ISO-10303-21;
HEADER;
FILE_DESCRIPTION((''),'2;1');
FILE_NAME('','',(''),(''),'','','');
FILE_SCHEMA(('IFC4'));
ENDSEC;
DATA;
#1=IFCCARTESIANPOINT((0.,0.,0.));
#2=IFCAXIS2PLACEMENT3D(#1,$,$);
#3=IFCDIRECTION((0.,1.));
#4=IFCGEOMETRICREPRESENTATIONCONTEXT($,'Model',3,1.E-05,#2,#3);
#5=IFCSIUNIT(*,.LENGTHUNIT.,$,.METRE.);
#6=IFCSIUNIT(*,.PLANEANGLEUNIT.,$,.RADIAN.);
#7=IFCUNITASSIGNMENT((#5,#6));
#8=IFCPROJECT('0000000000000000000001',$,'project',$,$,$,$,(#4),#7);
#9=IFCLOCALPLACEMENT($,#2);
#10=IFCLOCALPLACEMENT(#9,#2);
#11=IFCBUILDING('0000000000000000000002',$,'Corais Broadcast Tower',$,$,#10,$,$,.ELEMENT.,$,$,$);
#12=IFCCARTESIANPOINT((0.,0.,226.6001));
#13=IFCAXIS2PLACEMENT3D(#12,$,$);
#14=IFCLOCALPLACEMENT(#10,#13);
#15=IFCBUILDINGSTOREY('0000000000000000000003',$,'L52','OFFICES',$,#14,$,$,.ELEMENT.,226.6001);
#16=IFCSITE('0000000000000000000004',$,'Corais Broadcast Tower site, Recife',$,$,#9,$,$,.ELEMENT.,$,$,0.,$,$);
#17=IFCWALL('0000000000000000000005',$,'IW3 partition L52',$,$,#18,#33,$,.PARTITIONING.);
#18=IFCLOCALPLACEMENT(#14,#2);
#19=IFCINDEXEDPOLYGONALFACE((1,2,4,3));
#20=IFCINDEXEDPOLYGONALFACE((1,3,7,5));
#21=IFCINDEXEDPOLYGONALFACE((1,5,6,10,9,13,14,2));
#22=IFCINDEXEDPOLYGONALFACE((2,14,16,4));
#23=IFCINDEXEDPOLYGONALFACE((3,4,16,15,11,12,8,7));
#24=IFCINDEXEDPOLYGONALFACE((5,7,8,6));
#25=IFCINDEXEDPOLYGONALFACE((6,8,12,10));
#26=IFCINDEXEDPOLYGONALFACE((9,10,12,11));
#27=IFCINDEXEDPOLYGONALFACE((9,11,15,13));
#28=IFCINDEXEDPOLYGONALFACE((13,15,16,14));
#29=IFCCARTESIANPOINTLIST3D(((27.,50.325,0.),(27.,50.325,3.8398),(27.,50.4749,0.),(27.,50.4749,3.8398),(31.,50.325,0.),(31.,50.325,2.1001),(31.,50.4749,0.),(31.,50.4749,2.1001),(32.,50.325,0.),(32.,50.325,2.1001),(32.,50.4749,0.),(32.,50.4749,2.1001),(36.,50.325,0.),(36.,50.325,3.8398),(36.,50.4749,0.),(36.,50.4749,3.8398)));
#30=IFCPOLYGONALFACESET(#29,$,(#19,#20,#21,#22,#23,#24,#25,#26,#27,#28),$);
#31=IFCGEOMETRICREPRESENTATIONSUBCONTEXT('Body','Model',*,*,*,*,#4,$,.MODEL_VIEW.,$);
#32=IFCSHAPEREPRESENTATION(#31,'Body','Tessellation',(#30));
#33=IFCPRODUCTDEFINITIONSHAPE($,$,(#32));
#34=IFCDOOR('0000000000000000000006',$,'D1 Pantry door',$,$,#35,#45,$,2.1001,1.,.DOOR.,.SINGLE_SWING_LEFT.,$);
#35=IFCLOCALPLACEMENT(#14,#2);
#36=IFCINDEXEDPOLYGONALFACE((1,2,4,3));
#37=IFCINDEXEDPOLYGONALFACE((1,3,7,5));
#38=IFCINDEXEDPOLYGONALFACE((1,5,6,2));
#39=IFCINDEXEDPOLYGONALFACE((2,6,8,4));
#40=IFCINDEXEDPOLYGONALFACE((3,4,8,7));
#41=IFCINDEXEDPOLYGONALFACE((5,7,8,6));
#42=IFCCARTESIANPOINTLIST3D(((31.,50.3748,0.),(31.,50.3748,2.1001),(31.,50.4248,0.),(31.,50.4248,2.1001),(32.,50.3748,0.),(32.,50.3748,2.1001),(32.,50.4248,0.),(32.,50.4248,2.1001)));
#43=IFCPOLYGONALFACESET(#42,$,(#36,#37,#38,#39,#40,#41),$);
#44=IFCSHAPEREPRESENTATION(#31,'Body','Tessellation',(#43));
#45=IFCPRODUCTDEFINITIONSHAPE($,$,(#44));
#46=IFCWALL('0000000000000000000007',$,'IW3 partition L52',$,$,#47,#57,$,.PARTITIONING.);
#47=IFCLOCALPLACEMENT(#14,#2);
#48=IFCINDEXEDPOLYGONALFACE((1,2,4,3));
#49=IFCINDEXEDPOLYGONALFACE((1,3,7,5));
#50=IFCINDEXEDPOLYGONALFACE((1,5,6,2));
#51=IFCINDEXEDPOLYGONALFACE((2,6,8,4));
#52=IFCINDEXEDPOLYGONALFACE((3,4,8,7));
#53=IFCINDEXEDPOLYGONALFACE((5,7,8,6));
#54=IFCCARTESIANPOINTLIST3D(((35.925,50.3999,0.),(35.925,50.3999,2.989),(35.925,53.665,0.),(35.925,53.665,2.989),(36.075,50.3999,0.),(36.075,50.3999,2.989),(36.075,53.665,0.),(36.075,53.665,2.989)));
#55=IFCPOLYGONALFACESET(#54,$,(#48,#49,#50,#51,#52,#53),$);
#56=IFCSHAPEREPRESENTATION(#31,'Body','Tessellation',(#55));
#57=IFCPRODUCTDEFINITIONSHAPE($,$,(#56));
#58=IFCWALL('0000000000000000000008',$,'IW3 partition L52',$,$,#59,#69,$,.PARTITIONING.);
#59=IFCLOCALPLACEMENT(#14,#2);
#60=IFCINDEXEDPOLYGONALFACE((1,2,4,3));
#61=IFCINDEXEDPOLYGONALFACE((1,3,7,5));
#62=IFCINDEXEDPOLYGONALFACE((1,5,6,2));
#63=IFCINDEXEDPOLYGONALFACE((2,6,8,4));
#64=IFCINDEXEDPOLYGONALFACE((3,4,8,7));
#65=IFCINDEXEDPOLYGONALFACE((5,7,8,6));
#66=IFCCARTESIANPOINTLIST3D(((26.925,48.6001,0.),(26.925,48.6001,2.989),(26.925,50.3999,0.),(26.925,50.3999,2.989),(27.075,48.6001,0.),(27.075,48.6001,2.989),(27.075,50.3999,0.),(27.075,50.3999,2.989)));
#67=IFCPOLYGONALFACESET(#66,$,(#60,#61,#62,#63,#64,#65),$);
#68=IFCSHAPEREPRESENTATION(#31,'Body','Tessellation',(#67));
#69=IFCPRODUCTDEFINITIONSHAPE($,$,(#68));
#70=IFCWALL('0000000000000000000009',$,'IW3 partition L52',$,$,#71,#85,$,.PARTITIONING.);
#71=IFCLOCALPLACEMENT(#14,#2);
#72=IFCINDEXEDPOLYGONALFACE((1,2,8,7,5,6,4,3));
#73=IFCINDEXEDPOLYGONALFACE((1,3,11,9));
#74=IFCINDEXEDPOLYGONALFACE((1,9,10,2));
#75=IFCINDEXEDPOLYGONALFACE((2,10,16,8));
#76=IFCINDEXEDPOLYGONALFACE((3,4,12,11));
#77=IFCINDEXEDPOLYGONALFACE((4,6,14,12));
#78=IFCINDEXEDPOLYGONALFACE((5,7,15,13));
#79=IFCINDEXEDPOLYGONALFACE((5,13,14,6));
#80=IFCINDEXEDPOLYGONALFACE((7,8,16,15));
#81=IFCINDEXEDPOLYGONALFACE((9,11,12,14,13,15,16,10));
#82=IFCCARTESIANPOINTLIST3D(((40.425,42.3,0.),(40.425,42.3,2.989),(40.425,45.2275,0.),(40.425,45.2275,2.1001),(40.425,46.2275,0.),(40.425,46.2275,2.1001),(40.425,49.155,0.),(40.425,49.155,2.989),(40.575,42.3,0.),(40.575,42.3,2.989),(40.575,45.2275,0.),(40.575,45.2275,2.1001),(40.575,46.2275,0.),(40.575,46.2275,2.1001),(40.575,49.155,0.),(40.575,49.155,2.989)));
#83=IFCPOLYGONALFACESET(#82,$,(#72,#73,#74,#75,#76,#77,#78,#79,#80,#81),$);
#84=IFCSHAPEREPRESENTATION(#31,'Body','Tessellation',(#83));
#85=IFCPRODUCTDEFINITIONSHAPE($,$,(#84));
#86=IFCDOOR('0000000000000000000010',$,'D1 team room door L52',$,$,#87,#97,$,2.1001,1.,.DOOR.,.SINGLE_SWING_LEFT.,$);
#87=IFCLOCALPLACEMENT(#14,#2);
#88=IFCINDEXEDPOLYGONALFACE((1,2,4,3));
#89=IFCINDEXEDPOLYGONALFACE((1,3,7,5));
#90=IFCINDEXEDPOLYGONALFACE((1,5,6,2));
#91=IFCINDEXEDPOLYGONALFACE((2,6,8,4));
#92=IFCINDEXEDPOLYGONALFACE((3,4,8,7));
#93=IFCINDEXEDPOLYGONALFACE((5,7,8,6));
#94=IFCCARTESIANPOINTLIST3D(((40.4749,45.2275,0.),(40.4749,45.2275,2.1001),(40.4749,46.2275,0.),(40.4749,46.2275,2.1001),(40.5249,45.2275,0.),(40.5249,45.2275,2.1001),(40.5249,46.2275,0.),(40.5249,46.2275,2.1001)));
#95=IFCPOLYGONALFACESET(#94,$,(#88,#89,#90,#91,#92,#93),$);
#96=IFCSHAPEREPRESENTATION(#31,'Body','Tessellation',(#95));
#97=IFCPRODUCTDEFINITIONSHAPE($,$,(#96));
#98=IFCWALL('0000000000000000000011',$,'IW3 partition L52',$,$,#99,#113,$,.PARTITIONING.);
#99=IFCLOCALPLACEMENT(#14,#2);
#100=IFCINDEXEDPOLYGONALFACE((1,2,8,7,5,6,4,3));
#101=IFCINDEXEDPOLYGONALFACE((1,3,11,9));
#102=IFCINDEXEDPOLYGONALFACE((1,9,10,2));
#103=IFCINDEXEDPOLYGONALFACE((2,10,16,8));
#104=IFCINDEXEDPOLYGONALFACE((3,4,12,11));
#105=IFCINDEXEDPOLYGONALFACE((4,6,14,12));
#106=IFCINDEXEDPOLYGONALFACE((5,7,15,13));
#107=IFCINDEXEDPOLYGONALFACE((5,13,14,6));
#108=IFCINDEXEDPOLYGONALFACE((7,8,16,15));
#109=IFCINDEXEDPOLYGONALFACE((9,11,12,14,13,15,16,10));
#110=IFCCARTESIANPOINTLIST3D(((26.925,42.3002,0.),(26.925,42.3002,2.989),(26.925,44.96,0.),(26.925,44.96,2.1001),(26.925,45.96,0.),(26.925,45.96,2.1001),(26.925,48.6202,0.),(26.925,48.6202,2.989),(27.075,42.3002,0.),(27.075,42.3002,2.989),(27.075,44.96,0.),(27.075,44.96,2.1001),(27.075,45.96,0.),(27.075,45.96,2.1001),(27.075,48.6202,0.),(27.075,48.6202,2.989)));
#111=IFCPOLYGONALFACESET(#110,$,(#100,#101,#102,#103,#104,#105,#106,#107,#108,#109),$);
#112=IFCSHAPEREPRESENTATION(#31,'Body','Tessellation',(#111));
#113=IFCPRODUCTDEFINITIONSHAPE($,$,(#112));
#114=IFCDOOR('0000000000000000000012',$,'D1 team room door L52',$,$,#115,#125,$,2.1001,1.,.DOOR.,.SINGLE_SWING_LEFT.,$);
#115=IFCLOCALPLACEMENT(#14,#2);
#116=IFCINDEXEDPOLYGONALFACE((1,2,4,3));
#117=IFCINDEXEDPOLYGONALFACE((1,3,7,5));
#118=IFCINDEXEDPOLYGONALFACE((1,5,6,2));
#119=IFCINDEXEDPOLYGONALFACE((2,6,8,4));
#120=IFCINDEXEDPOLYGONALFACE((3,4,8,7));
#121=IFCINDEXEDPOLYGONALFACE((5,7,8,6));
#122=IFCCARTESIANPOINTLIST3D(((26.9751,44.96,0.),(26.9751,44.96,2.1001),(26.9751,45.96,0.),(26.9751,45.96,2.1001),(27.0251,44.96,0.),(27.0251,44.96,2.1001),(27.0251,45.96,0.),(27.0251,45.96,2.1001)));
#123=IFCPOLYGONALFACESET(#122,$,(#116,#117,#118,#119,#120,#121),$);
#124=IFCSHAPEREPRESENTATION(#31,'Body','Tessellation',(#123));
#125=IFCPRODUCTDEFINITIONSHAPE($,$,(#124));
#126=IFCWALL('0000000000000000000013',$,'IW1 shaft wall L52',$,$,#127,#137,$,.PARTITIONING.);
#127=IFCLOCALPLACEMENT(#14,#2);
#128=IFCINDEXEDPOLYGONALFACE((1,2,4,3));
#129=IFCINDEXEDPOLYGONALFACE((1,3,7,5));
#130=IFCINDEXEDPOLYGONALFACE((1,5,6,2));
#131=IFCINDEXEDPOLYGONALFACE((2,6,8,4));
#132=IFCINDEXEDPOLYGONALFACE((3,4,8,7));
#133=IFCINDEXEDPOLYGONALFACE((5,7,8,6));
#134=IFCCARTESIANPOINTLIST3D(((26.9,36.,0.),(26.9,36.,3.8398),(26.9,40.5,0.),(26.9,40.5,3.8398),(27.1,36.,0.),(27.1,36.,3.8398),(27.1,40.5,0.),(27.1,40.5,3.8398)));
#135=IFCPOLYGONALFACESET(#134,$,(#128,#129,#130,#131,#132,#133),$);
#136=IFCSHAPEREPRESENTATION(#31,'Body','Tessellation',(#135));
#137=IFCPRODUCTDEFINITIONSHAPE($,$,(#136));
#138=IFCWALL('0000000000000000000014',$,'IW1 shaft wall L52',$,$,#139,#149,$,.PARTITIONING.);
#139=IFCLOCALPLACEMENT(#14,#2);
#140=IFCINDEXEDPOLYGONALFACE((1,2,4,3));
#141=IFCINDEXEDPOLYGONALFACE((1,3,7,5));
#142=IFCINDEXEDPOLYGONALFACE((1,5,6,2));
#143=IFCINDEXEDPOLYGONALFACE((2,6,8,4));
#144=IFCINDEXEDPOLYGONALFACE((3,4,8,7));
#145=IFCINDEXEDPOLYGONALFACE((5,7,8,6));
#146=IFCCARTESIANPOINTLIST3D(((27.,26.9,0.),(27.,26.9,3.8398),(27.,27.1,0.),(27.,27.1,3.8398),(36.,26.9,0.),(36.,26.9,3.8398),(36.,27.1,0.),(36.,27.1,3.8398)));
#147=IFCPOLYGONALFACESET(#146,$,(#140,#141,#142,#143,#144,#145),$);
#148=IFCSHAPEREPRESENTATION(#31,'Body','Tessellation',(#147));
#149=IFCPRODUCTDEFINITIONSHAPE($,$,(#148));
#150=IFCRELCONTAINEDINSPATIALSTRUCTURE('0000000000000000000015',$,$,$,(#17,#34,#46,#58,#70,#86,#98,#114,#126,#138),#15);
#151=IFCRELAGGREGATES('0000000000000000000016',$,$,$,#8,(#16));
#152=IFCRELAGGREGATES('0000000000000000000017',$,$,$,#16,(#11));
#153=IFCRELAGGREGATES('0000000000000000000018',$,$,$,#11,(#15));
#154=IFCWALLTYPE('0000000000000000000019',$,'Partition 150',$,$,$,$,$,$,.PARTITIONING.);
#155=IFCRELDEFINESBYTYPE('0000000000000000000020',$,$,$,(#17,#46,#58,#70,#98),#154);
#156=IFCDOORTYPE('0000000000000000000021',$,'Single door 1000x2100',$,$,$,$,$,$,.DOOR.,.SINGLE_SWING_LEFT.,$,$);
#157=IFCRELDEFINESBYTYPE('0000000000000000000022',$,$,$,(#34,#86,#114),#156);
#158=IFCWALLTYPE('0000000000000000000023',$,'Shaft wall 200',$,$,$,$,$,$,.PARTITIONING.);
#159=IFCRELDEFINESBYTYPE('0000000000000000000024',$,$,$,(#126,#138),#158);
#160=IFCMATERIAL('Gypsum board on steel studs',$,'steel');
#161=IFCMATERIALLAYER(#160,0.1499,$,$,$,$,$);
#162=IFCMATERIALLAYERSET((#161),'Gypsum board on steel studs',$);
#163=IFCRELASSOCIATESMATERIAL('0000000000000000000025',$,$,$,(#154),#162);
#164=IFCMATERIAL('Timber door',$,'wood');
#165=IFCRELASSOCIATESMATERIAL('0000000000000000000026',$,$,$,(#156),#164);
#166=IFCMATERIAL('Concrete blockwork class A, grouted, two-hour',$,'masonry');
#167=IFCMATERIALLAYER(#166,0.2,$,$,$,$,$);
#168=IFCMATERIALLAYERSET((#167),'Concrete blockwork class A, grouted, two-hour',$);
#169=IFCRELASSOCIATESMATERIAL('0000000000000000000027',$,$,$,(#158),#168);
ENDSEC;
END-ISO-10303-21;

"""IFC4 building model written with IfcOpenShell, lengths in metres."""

from ifc_helpers import new_model, si_unit, direction, frame, frame_2d, origin, place, context, subcontext, project, spatial, rectangle, extrude, material, layer, layer_set, type_object, element, fill, save


model = new_model("IFC4")

# Units and contexts
model_context = context("Model", 3, precision=1e-05, world=origin(), true_north=direction((0.0, 1.0)))
body_context = subcontext(model_context, "Body", "Model", "MODEL_VIEW")
ifc_project = project(units=[si_unit("LENGTHUNIT", "METRE"), si_unit("PLANEANGLEUNIT", "RADIAN")], contexts=[model_context])

# Site, building, storey
site_placement = place(None, origin())
site = spatial("IfcSite", under=ifc_project, at=site_placement, Name="Corais Broadcast Tower site, Recife", CompositionType="ELEMENT", RefElevation=0.0)
building_placement = place(site_placement, origin())
building = spatial("IfcBuilding", under=site, at=building_placement, Name="Corais Broadcast Tower", CompositionType="ELEMENT")
storey_placement = place(building_placement, frame((0.0, 0.0, 226.6001)))
storey = spatial("IfcBuildingStorey", under=building, at=storey_placement, Name="L52", Description="OFFICES", CompositionType="ELEMENT", Elevation=226.6001)

# Wall, opening, door
ifc_material_1 = material(Name="Gypsum board on steel studs", Category="steel")
ifc_layer_1 = layer(ifc_material_1, 0.1499)
ifc_layer_set_1 = layer_set([ifc_layer_1], Name="Gypsum board on steel studs")
wall_type_1 = type_object("IfcWallType", Name="Partition 150", PredefinedType="PARTITIONING", material=ifc_layer_set_1)
wall_1_placement = place(storey_placement, frame((27.0, 50.3999, 0.0), z_axis=(0.0, 0.0, 1.0), x_axis=(1.0, 0.0, 0.0)))
wall_1 = element("IfcWall", 1, at=wall_1_placement, inside=storey, type_object=wall_type_1, Name="IW3 partition L52", PredefinedType="PARTITIONING", context=body_context, shape_type="SweptSolid", body=[
    extrude(rectangle(XDim=9.0, YDim=0.1499, at=frame_2d((4.5, 0.0))), origin(), (0.0, 0.0, 1.0), 3.8398),
])
opening_1_placement = place(wall_1_placement, frame((4.0, 0.0, 0.0)))
opening_1 = element("IfcOpeningElement", 2, at=opening_1_placement, cuts=wall_1, PredefinedType="OPENING", context=body_context, shape_type="SweptSolid", body=[
    extrude(rectangle(XDim=1.0, YDim=2.1001, at=frame_2d((0.5, 1.05))), frame((0.0, 0.085, 0.0), z_axis=(0.0, -1.0, 0.0), x_axis=(1.0, 0.0, 0.0)), (0.0, 0.0, 1.0), 0.1699),
])
ifc_material_2 = material(Name="Timber door", Category="wood")
door_type = type_object("IfcDoorType", Name="Single door 1000x2100", OperationType="SINGLE_SWING_LEFT", PredefinedType="DOOR", material=ifc_material_2)
door_1_placement = place(opening_1_placement, origin())
door_1 = element("IfcDoor", 3, at=door_1_placement, inside=storey, type_object=door_type, Name="D1 Pantry door", OperationType="SINGLE_SWING_LEFT", OverallHeight=2.1001, OverallWidth=1.0, PredefinedType="DOOR", context=body_context, shape_type="SweptSolid", body=[
    extrude(rectangle(XDim=1.0, YDim=2.1001, at=frame_2d((0.5, 1.05))), frame((0.0, 0.0249, 0.0), z_axis=(0.0, -1.0, 0.0), x_axis=(1.0, 0.0, 0.0)), (0.0, 0.0, 1.0), 0.05),
])
fill(opening_1, door_1)

# Walls
wall_2_placement = place(storey_placement, frame((36.0, 50.3999, 0.0), z_axis=(0.0, 0.0, 1.0), x_axis=(0.0, 1.0, 0.0)))
element("IfcWall", 4, at=wall_2_placement, inside=storey, type_object=wall_type_1, Name="IW3 partition L52", PredefinedType="PARTITIONING", context=body_context, shape_type="SweptSolid", body=[
    extrude(rectangle(XDim=3.2651, YDim=0.1499, at=frame_2d((1.6326, 0.0))), origin(), (0.0, 0.0, 1.0), 2.989),
])
wall_3_placement = place(storey_placement, frame((27.0, 48.6001, 0.0), z_axis=(0.0, 0.0, 1.0), x_axis=(0.0, 1.0, 0.0)))
element("IfcWall", 5, at=wall_3_placement, inside=storey, type_object=wall_type_1, Name="IW3 partition L52", PredefinedType="PARTITIONING", context=body_context, shape_type="SweptSolid", body=[
    extrude(rectangle(XDim=1.7998, YDim=0.1499, at=frame_2d((0.8999, 0.0))), origin(), (0.0, 0.0, 1.0), 2.989),
])

# Walls, openings, doors
wall_4_placement = place(storey_placement, frame((40.5, 49.155, 0.0), z_axis=(0.0, 0.0, 1.0), x_axis=(0.0, -1.0, 0.0)))
wall_4 = element("IfcWall", 6, at=wall_4_placement, inside=storey, type_object=wall_type_1, Name="IW3 partition L52", PredefinedType="PARTITIONING", context=body_context, shape_type="SweptSolid", body=[
    extrude(rectangle(XDim=6.855, YDim=0.1499, at=frame_2d((3.4275, 0.0))), origin(), (0.0, 0.0, 1.0), 2.989),
])
opening_2_placement = place(wall_4_placement, frame((2.9275, 0.0, 0.0)))
opening_2 = element("IfcOpeningElement", 7, at=opening_2_placement, cuts=wall_4, PredefinedType="OPENING", context=body_context, shape_type="SweptSolid", body=[
    extrude(rectangle(XDim=1.0, YDim=2.1001, at=frame_2d((0.5, 1.05))), frame((0.0, 0.085, 0.0), z_axis=(0.0, -1.0, 0.0), x_axis=(1.0, 0.0, 0.0)), (0.0, 0.0, 1.0), 0.1699),
])
door_2_placement = place(opening_2_placement, origin())
door_2 = element("IfcDoor", 8, at=door_2_placement, inside=storey, type_object=door_type, Name="D1 team room door L52", OperationType="SINGLE_SWING_LEFT", OverallHeight=2.1001, OverallWidth=1.0, PredefinedType="DOOR", context=body_context, shape_type="SweptSolid", body=[
    extrude(rectangle(XDim=1.0, YDim=2.1001, at=frame_2d((0.5, 1.05))), frame((0.0, 0.0249, 0.0), z_axis=(0.0, -1.0, 0.0), x_axis=(1.0, 0.0, 0.0)), (0.0, 0.0, 1.0), 0.05),
])
fill(opening_2, door_2)
wall_5_placement = place(storey_placement, frame((27.0, 42.3, 0.0), z_axis=(0.0, 0.0, 1.0), x_axis=(0.0, 1.0, 0.0)))
wall_5 = element("IfcWall", 9, at=wall_5_placement, inside=storey, type_object=wall_type_1, Name="IW3 partition L52", PredefinedType="PARTITIONING", context=body_context, shape_type="SweptSolid", body=[
    extrude(rectangle(XDim=6.3201, YDim=0.1499, at=frame_2d((3.1602, 0.0))), origin(), (0.0, 0.0, 1.0), 2.989),
])
opening_3_placement = place(wall_5_placement, frame((2.6599, 0.0, 0.0)))
opening_3 = element("IfcOpeningElement", 10, at=opening_3_placement, cuts=wall_5, PredefinedType="OPENING", context=body_context, shape_type="SweptSolid", body=[
    extrude(rectangle(XDim=1.0, YDim=2.1001, at=frame_2d((0.5, 1.05))), frame((0.0, 0.085, 0.0), z_axis=(0.0, -1.0, 0.0), x_axis=(1.0, 0.0, 0.0)), (0.0, 0.0, 1.0), 0.1699),
])
door_3_placement = place(opening_3_placement, origin())
door_3 = element("IfcDoor", 11, at=door_3_placement, inside=storey, type_object=door_type, Name="D1 team room door L52", OperationType="SINGLE_SWING_LEFT", OverallHeight=2.1001, OverallWidth=1.0, PredefinedType="DOOR", context=body_context, shape_type="SweptSolid", body=[
    extrude(rectangle(XDim=1.0, YDim=2.1001, at=frame_2d((0.5, 1.05))), frame((0.0, 0.0249, 0.0), z_axis=(0.0, -1.0, 0.0), x_axis=(1.0, 0.0, 0.0)), (0.0, 0.0, 1.0), 0.05),
])
fill(opening_3, door_3)

# Walls
ifc_material_3 = material(Name="Concrete blockwork class A, grouted, two-hour", Category="masonry")
ifc_layer_2 = layer(ifc_material_3, 0.2)
ifc_layer_set_2 = layer_set([ifc_layer_2], Name="Concrete blockwork class A, grouted, two-hour")
wall_type_2 = type_object("IfcWallType", Name="Shaft wall 200", PredefinedType="PARTITIONING", material=ifc_layer_set_2)
wall_6_placement = place(storey_placement, frame((27.0, 36.0, 0.0), z_axis=(0.0, 0.0, 1.0), x_axis=(0.0, 1.0, 0.0)))
element("IfcWall", 12, at=wall_6_placement, inside=storey, type_object=wall_type_2, Name="IW1 shaft wall L52", PredefinedType="PARTITIONING", context=body_context, shape_type="SweptSolid", body=[
    extrude(rectangle(XDim=4.5, YDim=0.2, at=frame_2d((2.25, 0.0))), origin(), (0.0, 0.0, 1.0), 3.8398),
])
wall_7_placement = place(storey_placement, frame((27.0, 27.0, 0.0), z_axis=(0.0, 0.0, 1.0), x_axis=(1.0, 0.0, 0.0)))
element("IfcWall", 13, at=wall_7_placement, inside=storey, type_object=wall_type_2, Name="IW1 shaft wall L52", PredefinedType="PARTITIONING", context=body_context, shape_type="SweptSolid", body=[
    extrude(rectangle(XDim=9.0, YDim=0.2, at=frame_2d((4.5, 0.0))), origin(), (0.0, 0.0, 1.0), 3.8398),
])

save(model, "model.ifc")
